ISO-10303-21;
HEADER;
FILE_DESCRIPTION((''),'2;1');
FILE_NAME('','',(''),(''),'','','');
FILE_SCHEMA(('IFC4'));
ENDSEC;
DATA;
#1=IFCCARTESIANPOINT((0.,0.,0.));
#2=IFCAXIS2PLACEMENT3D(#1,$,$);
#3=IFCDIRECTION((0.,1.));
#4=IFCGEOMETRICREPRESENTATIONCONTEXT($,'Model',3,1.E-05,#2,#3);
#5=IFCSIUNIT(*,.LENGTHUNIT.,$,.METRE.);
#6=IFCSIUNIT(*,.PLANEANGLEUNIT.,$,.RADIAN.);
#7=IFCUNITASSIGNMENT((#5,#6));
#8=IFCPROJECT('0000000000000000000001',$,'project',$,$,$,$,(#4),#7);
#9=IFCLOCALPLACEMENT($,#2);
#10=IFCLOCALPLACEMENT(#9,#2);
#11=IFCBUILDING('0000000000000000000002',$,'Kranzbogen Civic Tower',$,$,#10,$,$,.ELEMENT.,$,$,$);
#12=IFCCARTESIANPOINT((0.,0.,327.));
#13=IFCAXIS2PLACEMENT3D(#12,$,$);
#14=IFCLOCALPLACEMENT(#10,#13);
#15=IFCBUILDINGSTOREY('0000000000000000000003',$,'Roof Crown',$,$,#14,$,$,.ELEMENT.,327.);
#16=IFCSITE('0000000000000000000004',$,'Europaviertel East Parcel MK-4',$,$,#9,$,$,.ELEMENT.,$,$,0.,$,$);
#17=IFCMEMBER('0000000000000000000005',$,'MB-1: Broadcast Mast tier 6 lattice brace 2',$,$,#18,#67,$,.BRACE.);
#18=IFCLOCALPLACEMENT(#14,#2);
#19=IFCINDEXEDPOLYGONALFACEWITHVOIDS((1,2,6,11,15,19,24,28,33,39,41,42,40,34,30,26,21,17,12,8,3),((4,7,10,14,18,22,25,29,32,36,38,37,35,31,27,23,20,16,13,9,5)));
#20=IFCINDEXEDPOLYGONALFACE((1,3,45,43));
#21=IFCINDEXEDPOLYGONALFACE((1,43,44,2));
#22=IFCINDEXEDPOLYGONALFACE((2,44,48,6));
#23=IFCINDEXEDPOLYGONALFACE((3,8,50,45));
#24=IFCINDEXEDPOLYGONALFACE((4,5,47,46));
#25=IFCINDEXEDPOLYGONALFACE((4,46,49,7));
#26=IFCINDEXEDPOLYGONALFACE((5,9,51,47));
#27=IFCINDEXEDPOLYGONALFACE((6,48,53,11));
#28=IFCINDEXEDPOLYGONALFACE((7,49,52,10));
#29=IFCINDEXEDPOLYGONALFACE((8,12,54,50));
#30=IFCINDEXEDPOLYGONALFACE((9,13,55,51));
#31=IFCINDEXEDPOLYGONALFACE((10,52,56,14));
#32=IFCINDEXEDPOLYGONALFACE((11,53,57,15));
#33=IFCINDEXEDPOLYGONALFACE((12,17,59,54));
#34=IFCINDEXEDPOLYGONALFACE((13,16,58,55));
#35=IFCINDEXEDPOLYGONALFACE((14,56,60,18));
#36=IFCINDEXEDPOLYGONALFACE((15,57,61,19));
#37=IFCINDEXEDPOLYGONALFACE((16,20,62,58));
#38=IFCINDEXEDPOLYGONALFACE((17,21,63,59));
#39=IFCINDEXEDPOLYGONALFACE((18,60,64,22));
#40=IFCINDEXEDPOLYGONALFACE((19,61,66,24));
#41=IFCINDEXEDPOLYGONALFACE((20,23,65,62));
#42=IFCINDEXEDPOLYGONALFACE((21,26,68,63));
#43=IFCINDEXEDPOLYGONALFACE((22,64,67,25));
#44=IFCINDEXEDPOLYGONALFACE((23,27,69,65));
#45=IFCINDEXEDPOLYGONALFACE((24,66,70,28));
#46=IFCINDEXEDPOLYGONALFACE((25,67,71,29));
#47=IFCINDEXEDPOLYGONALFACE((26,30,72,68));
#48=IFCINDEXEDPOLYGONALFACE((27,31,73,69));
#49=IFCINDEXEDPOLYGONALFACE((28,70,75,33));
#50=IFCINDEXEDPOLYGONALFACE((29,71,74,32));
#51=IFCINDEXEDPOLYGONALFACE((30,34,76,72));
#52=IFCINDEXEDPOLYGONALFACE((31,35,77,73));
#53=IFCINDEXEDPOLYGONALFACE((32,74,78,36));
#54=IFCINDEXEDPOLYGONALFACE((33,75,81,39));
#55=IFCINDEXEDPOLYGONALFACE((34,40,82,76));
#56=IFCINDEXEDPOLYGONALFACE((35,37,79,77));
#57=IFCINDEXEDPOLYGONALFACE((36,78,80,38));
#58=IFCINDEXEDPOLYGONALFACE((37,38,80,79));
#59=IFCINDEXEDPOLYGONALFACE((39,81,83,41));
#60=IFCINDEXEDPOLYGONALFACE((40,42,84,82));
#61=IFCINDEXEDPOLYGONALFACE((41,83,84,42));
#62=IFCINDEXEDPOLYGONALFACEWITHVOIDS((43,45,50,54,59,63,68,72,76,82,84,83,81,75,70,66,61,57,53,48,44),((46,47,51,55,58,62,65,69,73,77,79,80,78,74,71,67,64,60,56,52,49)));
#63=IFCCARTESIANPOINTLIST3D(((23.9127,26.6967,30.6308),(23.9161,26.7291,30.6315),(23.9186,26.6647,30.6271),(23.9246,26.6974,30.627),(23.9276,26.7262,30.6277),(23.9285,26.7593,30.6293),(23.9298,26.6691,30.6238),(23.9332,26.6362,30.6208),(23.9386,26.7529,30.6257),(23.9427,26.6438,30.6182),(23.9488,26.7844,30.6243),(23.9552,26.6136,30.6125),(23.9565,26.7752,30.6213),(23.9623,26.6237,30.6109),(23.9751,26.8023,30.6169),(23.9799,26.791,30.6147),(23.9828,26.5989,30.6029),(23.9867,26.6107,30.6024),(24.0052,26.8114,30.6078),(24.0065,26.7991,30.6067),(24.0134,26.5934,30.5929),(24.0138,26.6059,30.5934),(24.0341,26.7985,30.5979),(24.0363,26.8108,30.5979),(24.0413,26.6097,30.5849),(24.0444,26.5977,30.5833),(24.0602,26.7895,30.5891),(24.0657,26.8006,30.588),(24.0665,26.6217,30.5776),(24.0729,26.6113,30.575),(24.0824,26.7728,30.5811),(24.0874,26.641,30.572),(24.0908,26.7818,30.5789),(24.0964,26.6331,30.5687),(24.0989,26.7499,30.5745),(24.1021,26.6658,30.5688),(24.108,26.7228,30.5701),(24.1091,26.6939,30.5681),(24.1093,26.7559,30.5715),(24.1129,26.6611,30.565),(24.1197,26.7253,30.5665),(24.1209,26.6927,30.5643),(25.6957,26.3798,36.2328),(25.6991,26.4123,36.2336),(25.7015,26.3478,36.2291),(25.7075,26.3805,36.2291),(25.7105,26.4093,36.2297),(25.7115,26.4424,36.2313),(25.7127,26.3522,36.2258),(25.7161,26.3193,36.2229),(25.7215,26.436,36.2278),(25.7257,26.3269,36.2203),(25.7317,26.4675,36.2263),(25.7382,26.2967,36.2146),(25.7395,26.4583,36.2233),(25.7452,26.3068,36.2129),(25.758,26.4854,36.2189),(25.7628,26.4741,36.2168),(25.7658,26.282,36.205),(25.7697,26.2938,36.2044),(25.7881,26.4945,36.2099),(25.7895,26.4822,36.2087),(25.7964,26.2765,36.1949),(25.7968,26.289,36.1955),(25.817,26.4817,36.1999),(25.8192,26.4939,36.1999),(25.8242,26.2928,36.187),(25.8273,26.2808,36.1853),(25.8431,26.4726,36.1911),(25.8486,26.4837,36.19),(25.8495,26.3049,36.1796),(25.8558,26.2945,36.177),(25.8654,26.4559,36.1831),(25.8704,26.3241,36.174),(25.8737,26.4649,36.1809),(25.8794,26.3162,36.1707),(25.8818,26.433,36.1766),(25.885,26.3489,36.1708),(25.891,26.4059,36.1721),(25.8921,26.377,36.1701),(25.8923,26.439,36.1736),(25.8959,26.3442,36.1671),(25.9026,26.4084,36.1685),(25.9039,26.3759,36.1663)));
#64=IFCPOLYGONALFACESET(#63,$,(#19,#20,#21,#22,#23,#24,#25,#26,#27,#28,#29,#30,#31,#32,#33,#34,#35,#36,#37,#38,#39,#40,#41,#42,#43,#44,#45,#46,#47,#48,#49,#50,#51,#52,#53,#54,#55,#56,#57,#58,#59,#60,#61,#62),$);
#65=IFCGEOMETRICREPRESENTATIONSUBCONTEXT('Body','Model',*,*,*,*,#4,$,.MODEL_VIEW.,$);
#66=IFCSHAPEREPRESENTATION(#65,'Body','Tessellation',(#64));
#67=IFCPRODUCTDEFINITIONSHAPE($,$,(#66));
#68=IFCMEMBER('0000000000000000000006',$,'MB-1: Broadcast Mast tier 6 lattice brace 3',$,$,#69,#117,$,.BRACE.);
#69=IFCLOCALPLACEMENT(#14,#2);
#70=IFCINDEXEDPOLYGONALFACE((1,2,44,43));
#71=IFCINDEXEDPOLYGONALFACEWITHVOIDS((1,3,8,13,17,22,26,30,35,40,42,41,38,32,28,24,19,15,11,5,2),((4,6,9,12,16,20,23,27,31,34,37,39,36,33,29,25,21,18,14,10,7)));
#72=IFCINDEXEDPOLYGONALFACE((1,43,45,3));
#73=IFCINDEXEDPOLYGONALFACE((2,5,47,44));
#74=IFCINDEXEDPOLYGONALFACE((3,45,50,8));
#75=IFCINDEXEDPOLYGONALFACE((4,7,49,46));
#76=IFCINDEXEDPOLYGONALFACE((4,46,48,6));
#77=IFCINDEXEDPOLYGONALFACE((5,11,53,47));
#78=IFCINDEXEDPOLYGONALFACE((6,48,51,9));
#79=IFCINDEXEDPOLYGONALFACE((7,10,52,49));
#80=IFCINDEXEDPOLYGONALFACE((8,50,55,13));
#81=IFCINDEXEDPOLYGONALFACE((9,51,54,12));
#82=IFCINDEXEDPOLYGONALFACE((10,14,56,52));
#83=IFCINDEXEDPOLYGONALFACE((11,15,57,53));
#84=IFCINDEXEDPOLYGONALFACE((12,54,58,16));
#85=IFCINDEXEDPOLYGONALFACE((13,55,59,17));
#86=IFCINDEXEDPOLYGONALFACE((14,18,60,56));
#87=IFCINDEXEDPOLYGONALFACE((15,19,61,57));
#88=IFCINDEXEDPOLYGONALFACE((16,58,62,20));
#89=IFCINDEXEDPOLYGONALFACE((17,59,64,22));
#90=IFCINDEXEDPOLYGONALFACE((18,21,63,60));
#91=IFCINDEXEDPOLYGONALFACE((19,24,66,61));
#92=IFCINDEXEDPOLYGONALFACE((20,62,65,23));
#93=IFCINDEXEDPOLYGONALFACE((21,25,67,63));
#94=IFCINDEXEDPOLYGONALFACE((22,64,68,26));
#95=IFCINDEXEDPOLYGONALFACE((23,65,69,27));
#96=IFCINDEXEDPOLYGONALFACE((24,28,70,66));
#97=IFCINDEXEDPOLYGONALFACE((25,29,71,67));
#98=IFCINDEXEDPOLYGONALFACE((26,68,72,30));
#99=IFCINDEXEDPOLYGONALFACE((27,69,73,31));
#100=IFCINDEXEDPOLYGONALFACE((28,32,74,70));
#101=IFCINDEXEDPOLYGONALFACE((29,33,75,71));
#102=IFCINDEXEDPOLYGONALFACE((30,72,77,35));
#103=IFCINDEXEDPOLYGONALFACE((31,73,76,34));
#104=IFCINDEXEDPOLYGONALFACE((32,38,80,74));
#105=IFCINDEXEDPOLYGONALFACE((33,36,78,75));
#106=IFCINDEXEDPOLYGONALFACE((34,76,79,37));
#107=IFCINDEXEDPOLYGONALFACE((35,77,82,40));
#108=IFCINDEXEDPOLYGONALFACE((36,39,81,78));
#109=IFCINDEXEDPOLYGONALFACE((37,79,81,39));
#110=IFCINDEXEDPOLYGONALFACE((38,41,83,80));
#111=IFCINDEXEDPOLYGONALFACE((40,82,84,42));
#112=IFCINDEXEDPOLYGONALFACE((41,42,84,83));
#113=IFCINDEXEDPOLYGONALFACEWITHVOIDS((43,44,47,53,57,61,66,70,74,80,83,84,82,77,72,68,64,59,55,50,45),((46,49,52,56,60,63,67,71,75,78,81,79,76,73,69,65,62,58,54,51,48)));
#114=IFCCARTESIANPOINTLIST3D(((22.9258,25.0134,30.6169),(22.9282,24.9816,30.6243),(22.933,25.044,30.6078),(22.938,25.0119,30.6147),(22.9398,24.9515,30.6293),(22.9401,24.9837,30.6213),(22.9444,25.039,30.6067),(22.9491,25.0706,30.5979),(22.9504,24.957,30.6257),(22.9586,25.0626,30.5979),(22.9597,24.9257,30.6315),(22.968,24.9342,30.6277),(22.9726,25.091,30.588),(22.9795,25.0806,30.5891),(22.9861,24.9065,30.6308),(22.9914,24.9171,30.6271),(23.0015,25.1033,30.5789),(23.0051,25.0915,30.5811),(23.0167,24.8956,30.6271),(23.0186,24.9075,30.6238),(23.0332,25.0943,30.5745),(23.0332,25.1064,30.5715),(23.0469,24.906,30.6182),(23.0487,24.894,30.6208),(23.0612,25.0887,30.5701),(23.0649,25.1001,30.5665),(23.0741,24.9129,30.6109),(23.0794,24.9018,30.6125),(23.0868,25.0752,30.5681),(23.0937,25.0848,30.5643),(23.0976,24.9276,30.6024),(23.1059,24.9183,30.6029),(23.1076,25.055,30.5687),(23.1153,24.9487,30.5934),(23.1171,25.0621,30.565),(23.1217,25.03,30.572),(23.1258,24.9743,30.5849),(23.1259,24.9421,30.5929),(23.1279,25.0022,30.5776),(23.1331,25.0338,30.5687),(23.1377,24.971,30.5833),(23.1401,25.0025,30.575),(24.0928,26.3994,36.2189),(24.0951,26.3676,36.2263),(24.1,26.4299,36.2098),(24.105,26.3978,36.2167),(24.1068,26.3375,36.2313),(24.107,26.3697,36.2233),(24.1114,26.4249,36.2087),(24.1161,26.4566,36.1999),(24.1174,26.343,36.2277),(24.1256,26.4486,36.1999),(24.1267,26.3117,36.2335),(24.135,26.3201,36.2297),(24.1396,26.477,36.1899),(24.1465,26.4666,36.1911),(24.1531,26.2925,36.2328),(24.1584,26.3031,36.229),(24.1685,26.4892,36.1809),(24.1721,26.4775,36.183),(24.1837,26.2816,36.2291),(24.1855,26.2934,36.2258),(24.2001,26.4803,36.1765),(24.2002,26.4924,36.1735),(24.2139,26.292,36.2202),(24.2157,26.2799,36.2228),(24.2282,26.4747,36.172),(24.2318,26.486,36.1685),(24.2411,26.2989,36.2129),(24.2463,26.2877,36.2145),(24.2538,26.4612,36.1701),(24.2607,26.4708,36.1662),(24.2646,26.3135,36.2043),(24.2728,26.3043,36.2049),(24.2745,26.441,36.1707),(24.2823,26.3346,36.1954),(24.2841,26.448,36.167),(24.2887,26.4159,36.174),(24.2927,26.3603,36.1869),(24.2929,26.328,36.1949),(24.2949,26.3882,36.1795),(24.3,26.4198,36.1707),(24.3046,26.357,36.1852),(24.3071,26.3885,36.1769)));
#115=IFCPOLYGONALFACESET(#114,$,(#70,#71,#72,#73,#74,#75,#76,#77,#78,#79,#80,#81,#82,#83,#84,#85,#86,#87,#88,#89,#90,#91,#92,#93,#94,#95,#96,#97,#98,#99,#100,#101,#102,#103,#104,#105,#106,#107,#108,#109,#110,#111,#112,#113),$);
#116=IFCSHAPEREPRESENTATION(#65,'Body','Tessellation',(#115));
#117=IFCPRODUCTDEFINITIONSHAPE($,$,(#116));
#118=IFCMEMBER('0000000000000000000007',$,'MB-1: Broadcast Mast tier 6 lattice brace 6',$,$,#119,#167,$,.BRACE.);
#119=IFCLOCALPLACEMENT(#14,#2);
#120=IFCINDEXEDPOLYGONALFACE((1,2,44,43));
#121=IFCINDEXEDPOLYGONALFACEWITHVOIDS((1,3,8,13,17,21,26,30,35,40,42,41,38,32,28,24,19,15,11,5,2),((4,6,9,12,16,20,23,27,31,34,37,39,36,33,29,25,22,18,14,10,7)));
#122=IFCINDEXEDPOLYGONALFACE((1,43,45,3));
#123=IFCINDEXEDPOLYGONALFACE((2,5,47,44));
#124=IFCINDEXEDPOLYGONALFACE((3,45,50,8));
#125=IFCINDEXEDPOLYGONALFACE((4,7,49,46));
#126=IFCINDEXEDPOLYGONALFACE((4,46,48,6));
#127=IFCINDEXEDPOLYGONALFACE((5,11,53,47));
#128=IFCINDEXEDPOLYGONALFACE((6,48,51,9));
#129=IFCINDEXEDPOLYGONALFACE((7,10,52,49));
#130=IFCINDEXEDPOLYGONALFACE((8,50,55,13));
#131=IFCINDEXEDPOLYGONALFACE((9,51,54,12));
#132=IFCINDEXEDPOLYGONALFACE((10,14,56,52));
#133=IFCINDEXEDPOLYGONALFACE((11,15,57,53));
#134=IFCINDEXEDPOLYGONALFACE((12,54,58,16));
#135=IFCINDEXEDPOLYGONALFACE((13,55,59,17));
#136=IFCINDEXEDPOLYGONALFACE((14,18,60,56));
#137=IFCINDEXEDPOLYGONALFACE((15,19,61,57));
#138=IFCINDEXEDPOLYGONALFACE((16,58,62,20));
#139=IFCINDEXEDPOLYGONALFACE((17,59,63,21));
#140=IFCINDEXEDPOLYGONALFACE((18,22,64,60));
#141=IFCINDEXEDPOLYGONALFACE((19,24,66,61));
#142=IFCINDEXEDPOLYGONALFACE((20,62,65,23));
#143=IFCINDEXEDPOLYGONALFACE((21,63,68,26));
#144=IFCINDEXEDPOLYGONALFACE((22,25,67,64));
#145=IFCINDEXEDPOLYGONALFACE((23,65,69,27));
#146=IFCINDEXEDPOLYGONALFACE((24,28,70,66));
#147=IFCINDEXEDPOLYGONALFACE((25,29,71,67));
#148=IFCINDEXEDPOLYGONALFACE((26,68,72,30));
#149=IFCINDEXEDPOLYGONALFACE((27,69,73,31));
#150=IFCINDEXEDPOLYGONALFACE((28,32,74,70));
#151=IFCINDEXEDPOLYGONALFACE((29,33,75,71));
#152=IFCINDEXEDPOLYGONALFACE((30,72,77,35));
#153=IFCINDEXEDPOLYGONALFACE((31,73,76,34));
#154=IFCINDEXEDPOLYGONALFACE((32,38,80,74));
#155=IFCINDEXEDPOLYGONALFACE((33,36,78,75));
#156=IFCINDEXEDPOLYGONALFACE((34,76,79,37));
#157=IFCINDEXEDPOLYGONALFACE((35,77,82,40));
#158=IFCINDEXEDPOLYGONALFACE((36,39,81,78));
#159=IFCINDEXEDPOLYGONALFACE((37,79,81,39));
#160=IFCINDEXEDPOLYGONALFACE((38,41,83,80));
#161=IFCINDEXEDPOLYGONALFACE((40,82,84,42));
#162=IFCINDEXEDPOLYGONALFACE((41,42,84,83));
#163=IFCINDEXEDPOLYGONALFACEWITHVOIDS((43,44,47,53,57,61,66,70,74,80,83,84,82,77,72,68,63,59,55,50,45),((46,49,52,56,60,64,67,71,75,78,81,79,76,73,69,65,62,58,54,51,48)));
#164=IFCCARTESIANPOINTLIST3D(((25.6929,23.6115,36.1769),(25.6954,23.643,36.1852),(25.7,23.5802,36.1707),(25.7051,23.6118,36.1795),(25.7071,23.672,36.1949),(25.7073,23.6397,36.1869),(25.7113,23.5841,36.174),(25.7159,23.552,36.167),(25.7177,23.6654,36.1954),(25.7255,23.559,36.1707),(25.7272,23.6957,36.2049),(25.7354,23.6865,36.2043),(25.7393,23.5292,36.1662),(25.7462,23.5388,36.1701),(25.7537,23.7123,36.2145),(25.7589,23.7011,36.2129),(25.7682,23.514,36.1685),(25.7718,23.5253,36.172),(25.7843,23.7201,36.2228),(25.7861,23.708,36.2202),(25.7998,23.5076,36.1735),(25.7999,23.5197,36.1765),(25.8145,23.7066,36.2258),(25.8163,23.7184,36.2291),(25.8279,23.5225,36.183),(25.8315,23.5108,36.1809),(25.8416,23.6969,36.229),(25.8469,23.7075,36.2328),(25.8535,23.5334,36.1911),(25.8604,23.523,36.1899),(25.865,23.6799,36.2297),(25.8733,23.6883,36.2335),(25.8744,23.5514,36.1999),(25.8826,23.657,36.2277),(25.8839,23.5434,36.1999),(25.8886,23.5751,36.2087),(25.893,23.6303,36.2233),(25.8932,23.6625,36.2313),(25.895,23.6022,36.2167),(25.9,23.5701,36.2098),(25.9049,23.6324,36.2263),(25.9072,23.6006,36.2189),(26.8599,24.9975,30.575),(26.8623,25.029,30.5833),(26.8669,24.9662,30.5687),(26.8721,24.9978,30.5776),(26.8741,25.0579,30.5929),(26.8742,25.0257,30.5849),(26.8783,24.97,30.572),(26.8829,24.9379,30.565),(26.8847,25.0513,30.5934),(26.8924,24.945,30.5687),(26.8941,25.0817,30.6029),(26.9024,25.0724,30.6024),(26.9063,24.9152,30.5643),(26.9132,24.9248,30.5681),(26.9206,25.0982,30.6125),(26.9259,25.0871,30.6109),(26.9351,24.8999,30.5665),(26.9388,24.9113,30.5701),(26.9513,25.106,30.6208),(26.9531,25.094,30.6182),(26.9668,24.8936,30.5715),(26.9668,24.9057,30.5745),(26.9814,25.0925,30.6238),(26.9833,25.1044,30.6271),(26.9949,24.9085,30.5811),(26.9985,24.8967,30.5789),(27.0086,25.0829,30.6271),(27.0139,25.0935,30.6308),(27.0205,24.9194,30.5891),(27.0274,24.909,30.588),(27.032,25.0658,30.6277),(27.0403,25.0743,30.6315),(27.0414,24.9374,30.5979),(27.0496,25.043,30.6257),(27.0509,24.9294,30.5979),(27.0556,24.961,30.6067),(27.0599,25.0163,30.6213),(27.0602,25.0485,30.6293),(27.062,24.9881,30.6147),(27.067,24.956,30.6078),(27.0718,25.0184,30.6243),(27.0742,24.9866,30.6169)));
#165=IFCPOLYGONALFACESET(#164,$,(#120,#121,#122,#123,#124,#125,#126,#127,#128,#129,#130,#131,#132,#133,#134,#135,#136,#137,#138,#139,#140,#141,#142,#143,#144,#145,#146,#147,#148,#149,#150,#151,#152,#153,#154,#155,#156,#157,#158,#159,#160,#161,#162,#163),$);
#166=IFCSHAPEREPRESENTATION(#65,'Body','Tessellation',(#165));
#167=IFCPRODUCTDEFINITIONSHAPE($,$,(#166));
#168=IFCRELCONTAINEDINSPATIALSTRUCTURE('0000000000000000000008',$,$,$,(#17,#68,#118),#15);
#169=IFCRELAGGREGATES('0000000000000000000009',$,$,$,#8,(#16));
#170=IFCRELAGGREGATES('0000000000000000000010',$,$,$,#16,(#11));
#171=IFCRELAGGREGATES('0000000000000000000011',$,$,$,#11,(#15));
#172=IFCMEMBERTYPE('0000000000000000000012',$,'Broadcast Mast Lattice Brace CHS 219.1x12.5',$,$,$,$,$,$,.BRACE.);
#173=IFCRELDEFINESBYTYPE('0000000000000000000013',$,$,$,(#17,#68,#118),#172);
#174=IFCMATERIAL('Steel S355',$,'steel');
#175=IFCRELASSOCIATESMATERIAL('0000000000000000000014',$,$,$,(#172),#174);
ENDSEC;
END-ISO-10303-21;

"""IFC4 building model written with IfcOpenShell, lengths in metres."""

from ifc_helpers import new_model, si_unit, direction, frame, origin, origin_2d, place, context, subcontext, project, spatial, hollow_circle, extrude, material, material_profile, profile_set, type_object, element, save


model = new_model("IFC4")

# Units and contexts
model_context = context("Model", 3, precision=1e-05, world=origin(), true_north=direction((0.0, 1.0)))
body_context = subcontext(model_context, "Body", "Model", "MODEL_VIEW")
ifc_project = project(units=[si_unit("LENGTHUNIT", "METRE"), si_unit("PLANEANGLEUNIT", "RADIAN")], contexts=[model_context])

# Site, building, storey
site_placement = place(None, origin())
site = spatial("IfcSite", under=ifc_project, at=site_placement, Name="Europaviertel East Parcel MK-4", CompositionType="ELEMENT", RefElevation=0.0)
building_placement = place(site_placement, origin())
building = spatial("IfcBuilding", under=site, at=building_placement, Name="Kranzbogen Civic Tower", CompositionType="ELEMENT")
storey_placement = place(building_placement, frame((0.0, 0.0, 327.0)))
storey = spatial("IfcBuildingStorey", under=building, at=storey_placement, Name="Roof Crown", CompositionType="ELEMENT", Elevation=327.0)

# Members
ifc_material = material(Name="Steel S355", Category="steel")
ifc_material_profile_1 = material_profile(ifc_material, hollow_circle(Radius=0.1096, WallThickness=0.0125, at=origin_2d()), Name="CHS 219.1x12.5")
ifc_profile_set_1 = profile_set([ifc_material_profile_1], Name="Steel S355")
member_type_1 = type_object("IfcMemberType", Name="Broadcast Mast Lattice Brace CHS 219.1x12.5", PredefinedType="BRACE", material=ifc_profile_set_1)
member_1_placement = place(storey_placement, frame((24.0171, 26.7029, 30.5979), z_axis=(0.302839, -0.053825, 0.95152), x_axis=(0.174993, 0.98457, 0.0)))
element("IfcMember", 1, at=member_1_placement, inside=storey, type_object=member_type_1, Name="MB-1: Broadcast Mast tier 6 lattice brace 2", PredefinedType="BRACE", context=body_context, shape_type="SweptSolid", body=[
    extrude(hollow_circle(Radius=0.1096, WallThickness=0.0125, at=origin_2d()), origin(), (0.0, 0.0, 1.0), 5.8875),
])
for number, where, z_axis, x_axis, name in (
    (2, (23.033, 25.0, 30.5979), (0.198206, 0.235401, 0.951473), (-0.764953, 0.644086, 0.0), "MB-1: Broadcast Mast tier 6 lattice brace 3"),
    (3, (26.967, 25.0, 30.5979), (-0.198206, -0.235401, 0.951473), (0.764953, -0.644086, 0.0), "MB-1: Broadcast Mast tier 6 lattice brace 6"),
):
    element("IfcMember", number, at=place(storey_placement, frame(where, z_axis=z_axis, x_axis=x_axis)), inside=storey, type_object=member_type_1, Name=name, PredefinedType="BRACE", context=body_context, shape_type="SweptSolid", body=[
        extrude(hollow_circle(Radius=0.1096, WallThickness=0.0125, at=origin_2d()), origin(), (0.0, 0.0, 1.0), 5.8877),
    ])

save(model, "model.ifc")
